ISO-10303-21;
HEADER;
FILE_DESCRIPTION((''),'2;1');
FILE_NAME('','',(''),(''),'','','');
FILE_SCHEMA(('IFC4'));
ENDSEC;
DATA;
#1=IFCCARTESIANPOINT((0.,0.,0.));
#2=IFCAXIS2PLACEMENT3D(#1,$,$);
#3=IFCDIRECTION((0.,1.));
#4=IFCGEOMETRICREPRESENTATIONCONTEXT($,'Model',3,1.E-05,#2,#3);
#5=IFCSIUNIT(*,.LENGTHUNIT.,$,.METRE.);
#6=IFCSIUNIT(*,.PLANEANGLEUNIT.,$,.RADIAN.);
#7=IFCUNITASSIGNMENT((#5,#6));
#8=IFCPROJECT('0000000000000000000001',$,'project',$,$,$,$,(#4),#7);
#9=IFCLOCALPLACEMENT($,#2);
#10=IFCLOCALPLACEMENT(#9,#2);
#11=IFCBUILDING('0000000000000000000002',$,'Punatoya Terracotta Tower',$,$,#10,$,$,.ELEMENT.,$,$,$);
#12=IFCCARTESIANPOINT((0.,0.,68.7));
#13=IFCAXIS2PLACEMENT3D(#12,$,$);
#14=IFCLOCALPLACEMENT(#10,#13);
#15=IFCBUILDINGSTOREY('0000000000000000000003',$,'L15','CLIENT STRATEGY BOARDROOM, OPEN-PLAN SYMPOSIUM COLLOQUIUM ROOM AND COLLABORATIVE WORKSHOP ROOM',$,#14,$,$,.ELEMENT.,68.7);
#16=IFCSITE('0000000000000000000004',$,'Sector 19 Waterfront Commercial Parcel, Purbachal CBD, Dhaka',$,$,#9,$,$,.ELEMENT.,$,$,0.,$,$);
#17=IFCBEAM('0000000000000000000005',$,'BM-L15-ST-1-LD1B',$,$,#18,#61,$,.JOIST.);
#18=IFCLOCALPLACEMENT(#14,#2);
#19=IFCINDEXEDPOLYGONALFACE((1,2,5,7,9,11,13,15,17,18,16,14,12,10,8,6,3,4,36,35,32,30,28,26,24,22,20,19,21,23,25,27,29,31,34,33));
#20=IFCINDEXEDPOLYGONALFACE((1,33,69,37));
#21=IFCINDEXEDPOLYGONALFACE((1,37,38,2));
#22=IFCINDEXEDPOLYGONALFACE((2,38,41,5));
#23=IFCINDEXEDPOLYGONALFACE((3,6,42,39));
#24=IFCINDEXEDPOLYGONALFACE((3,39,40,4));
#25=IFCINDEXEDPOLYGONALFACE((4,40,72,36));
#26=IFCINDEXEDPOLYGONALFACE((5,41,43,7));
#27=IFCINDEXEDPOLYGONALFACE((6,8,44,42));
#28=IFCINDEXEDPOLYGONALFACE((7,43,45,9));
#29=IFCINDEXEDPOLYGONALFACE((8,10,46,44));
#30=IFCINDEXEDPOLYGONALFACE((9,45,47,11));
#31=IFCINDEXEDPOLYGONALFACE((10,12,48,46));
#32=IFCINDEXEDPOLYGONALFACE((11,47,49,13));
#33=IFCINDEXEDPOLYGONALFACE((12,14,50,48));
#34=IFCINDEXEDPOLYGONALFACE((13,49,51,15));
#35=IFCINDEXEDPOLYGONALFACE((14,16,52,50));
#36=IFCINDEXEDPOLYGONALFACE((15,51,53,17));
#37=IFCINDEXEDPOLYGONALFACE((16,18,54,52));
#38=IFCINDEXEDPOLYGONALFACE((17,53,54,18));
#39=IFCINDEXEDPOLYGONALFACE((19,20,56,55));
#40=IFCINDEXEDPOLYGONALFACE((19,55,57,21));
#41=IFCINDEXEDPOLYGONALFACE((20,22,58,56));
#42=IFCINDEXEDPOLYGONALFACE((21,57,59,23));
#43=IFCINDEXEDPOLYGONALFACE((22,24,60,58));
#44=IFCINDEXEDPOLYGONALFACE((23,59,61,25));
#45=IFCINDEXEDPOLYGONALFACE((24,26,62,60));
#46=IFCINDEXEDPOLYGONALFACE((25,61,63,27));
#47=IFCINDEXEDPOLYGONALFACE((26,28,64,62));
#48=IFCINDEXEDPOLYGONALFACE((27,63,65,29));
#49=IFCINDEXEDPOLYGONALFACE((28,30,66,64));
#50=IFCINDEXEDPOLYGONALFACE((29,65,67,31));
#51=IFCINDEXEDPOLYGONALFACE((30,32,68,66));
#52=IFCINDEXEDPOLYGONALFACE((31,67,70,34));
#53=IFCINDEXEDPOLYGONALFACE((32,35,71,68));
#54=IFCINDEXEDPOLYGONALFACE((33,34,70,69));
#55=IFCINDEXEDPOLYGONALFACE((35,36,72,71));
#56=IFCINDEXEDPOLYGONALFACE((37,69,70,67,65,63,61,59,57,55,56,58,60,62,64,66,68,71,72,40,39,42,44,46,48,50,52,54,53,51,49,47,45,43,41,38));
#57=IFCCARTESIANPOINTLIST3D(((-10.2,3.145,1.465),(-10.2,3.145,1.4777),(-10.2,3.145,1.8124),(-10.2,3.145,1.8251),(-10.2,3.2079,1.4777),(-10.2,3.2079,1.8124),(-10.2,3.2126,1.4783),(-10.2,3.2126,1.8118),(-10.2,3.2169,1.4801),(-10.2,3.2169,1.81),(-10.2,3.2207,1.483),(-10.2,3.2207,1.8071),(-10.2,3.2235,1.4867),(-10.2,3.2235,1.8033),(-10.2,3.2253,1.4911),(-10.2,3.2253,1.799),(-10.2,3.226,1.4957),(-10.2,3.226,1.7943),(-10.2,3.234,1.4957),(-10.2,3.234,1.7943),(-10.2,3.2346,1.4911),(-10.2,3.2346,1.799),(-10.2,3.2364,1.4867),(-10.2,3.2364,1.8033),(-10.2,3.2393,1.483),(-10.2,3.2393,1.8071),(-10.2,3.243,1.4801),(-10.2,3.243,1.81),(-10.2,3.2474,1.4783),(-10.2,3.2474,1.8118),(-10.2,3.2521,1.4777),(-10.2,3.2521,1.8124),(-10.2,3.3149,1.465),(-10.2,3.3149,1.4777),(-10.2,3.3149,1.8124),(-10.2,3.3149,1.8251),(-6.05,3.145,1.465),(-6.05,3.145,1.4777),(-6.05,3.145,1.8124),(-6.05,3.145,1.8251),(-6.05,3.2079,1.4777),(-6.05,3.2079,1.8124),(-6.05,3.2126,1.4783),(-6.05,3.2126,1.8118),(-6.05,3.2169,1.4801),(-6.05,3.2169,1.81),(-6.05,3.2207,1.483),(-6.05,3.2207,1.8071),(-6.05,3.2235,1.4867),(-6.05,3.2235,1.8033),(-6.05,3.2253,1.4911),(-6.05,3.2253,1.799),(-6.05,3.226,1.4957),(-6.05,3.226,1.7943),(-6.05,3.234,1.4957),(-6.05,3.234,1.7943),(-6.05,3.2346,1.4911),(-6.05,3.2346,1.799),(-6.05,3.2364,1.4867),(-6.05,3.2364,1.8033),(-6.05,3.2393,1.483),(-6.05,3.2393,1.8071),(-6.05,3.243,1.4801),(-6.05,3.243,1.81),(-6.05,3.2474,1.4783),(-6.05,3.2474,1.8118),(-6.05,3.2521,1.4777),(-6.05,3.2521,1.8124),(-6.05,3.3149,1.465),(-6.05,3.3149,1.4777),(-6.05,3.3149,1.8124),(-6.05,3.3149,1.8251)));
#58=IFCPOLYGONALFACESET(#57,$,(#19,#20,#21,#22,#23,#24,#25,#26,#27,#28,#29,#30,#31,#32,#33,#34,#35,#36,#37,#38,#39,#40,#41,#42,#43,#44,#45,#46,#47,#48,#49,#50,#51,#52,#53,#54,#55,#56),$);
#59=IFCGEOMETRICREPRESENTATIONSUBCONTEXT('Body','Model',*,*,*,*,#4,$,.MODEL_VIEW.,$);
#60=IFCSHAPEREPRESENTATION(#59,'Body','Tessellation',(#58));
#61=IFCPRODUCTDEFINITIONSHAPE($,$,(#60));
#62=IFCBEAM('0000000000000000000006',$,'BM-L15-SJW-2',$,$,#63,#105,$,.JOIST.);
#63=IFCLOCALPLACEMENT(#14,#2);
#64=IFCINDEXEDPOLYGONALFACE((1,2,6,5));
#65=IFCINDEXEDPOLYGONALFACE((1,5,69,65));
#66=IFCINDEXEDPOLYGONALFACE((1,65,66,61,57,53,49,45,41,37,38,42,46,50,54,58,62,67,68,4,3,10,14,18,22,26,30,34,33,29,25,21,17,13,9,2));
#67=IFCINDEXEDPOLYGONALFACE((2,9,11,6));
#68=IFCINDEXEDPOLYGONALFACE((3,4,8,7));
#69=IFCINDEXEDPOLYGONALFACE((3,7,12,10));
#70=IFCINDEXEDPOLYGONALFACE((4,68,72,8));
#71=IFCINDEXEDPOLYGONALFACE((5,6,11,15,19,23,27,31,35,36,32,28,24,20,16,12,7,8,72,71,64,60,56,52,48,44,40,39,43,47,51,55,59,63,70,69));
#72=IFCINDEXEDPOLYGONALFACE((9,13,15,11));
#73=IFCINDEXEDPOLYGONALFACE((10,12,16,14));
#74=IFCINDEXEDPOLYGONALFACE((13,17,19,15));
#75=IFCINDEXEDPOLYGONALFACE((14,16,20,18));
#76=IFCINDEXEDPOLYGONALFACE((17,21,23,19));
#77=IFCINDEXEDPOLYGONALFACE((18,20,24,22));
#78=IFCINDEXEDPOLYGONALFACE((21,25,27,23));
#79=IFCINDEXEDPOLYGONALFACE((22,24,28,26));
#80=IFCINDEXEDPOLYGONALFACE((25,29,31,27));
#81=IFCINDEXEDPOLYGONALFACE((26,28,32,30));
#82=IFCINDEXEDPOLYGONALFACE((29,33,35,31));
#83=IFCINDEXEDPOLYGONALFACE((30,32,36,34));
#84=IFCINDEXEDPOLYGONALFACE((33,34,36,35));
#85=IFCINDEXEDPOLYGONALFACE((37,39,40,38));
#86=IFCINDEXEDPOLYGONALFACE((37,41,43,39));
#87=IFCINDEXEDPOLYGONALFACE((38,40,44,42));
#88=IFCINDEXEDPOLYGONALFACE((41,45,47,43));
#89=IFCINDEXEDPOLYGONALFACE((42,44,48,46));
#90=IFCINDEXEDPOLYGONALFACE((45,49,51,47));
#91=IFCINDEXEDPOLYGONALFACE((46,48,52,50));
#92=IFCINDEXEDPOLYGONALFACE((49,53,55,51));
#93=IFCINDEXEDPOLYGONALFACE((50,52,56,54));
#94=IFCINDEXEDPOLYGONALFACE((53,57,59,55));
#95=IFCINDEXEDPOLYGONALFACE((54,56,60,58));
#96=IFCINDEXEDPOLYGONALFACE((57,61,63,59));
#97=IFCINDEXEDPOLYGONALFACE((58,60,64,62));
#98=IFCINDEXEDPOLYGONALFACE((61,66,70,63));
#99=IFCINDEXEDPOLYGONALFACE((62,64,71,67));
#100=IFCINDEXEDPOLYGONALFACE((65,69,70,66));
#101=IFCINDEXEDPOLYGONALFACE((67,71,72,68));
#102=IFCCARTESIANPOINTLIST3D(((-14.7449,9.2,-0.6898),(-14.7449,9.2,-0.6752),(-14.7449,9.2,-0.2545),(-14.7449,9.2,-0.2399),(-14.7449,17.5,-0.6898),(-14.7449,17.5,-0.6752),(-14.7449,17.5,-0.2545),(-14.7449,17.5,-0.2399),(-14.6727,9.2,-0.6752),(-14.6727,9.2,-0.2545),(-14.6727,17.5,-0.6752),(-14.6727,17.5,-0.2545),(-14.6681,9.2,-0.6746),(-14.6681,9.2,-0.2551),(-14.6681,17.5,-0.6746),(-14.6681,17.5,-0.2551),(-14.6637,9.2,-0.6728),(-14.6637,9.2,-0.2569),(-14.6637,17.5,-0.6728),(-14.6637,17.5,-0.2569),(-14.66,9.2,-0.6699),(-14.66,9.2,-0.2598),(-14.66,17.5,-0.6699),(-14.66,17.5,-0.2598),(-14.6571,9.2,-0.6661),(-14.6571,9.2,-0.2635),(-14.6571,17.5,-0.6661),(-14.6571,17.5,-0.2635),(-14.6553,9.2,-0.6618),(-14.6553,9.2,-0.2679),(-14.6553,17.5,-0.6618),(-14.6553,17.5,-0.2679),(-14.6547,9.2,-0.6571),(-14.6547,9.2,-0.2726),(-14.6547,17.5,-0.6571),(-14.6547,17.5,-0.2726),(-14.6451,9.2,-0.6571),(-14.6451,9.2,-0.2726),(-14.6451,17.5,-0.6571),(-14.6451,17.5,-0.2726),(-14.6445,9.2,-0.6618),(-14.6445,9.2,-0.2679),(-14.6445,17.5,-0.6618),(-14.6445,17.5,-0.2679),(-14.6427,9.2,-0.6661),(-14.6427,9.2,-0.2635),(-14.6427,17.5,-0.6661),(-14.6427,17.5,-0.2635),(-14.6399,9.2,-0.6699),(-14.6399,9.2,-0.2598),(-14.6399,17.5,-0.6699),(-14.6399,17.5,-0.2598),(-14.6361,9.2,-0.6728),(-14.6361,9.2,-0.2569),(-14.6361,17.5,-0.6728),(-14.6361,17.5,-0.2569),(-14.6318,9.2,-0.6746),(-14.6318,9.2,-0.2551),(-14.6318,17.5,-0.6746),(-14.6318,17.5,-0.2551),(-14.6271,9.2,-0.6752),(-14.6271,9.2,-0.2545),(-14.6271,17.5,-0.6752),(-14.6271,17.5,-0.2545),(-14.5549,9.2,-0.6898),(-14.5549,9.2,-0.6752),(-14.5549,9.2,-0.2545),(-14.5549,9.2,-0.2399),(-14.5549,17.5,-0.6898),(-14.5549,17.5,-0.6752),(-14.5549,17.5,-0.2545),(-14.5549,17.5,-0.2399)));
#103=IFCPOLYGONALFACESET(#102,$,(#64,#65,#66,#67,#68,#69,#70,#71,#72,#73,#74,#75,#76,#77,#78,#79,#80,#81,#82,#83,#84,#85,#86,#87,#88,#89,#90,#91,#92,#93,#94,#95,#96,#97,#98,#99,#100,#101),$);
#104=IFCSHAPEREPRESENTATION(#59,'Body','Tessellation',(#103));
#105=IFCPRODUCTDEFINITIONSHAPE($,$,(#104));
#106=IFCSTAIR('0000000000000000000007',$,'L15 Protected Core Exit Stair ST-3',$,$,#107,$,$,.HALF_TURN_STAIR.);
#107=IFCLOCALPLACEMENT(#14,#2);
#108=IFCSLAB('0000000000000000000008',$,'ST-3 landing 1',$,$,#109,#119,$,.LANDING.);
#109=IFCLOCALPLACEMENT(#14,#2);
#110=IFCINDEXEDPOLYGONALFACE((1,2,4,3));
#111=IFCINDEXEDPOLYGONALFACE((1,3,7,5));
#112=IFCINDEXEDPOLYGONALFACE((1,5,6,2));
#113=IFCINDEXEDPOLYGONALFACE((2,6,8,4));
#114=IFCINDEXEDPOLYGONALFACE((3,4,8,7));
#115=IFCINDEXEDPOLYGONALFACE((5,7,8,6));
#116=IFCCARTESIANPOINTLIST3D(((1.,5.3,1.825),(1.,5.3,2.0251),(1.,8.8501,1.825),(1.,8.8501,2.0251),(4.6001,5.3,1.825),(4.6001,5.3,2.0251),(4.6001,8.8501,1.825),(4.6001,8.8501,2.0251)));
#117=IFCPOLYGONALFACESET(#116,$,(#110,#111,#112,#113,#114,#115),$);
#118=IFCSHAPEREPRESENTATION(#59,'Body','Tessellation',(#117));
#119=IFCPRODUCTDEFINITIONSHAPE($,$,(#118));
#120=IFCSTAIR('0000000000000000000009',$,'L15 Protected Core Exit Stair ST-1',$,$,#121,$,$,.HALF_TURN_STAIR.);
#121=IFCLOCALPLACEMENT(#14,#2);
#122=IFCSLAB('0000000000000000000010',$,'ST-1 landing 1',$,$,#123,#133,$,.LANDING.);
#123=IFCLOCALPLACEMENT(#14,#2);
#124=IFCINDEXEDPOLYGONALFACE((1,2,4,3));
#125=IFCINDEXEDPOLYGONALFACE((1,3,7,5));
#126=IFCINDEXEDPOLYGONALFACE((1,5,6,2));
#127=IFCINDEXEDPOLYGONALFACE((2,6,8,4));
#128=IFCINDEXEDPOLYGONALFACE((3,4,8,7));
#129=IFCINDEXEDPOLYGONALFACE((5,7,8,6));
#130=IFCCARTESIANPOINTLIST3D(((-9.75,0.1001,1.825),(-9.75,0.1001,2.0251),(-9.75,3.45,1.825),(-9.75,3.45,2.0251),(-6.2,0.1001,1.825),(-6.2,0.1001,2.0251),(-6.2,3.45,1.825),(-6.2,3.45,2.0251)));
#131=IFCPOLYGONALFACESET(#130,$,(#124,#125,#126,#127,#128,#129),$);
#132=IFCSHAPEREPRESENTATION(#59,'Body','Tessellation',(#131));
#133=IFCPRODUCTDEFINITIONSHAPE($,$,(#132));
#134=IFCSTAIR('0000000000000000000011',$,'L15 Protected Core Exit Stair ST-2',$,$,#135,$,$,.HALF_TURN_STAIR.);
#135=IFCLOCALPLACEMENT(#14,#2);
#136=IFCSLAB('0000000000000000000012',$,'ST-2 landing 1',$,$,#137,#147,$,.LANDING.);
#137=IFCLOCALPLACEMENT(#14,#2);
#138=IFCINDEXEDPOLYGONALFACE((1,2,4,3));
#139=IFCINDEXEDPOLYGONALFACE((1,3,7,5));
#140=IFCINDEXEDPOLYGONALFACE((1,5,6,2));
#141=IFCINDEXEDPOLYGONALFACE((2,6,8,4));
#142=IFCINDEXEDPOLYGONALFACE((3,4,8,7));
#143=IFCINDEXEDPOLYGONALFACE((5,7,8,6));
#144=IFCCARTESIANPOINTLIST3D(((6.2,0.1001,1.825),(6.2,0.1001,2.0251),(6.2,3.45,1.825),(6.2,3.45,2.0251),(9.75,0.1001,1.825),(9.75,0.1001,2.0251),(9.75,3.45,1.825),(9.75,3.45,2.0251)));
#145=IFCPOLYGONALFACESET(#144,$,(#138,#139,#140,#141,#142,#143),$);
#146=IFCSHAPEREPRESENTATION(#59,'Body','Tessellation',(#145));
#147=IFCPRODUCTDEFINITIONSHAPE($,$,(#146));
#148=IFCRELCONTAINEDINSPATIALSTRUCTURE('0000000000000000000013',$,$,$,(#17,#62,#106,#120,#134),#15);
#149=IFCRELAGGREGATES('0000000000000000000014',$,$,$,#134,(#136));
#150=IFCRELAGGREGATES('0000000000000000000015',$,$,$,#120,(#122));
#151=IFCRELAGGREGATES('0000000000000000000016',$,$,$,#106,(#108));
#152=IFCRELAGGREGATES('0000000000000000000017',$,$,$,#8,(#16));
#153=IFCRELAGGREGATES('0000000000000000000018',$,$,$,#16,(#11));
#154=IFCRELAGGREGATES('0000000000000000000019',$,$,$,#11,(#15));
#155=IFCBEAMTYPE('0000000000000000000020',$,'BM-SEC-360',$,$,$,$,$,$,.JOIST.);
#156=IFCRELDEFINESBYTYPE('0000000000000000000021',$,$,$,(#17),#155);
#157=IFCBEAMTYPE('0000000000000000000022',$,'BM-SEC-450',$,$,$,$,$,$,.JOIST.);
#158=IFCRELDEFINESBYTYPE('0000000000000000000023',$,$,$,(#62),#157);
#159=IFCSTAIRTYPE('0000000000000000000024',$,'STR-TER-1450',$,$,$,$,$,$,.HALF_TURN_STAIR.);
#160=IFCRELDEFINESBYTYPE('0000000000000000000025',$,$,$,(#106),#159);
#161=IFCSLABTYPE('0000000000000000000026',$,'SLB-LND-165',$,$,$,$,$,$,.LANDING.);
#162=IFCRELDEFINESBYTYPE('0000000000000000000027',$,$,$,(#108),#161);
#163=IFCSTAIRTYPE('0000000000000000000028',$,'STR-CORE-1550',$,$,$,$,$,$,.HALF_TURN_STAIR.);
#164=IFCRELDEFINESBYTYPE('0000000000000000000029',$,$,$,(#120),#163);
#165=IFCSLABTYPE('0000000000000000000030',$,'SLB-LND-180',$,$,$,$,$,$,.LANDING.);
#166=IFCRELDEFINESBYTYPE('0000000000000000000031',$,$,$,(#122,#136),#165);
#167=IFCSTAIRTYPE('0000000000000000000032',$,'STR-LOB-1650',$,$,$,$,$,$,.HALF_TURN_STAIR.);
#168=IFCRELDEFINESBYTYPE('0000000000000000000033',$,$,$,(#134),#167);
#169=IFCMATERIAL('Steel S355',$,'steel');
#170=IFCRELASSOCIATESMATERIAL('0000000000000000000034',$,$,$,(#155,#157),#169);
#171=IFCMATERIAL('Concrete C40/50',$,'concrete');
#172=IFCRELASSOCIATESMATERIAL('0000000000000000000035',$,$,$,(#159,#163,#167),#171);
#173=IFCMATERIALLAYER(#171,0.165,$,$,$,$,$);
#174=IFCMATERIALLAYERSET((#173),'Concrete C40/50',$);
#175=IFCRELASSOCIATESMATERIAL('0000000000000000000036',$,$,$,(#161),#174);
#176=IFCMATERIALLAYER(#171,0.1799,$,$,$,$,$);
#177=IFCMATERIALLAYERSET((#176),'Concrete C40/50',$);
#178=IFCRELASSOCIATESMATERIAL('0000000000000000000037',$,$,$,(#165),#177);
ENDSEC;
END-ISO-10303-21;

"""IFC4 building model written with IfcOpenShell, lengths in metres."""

from ifc_helpers import new_model, si_unit, direction, frame, origin, origin_2d, place, context, subcontext, project, spatial, polyline, i_section, outline, extrude, material, layer, layer_set, material_profile, profile_set, type_object, element, aggregate, save


model = new_model("IFC4")

# Units and contexts
model_context = context("Model", 3, precision=1e-05, world=origin(), true_north=direction((0.0, 1.0)))
body_context = subcontext(model_context, "Body", "Model", "MODEL_VIEW")
ifc_project = project(units=[si_unit("LENGTHUNIT", "METRE"), si_unit("PLANEANGLEUNIT", "RADIAN")], contexts=[model_context])

# Site, building, storey
site_placement = place(None, origin())
site = spatial("IfcSite", under=ifc_project, at=site_placement, Name="Sector 19 Waterfront Commercial Parcel, Purbachal CBD, Dhaka", CompositionType="ELEMENT", RefElevation=0.0)
building_placement = place(site_placement, origin())
building = spatial("IfcBuilding", under=site, at=building_placement, Name="Punatoya Terracotta Tower", CompositionType="ELEMENT")
storey_placement = place(building_placement, frame((0.0, 0.0, 68.7)))
storey = spatial("IfcBuildingStorey", under=building, at=storey_placement, Name="L15", Description="CLIENT STRATEGY BOARDROOM, OPEN-PLAN SYMPOSIUM COLLOQUIUM ROOM AND COLLABORATIVE WORKSHOP ROOM", CompositionType="ELEMENT", Elevation=68.7)

# Beams
ifc_material_1 = material(Name="Steel S355", Category="steel")
ifc_material_profile_1 = material_profile(ifc_material_1, i_section(OverallWidth=0.1699, OverallDepth=0.3601, WebThickness=0.0081, FlangeThickness=0.0127, FilletRadius=0.0181, at=origin_2d()))
ifc_profile_set_1 = profile_set([ifc_material_profile_1], Name="Steel S355")
beam_type_1 = type_object("IfcBeamType", Name="BM-SEC-360", PredefinedType="JOIST", material=ifc_profile_set_1)
for number, where, z_axis, x_axis, name in (
    (1, (-10.2, 3.23, 1.645), (1.0, 0.0, 0.0), (0.0, 1.0, 0.0), "BM-L15-ST-1-LD1B"),
):
    element("IfcBeam", number, at=place(storey_placement, frame(where, z_axis=z_axis, x_axis=x_axis)), inside=storey, type_object=beam_type_1, Name=name, PredefinedType="JOIST", context=body_context, shape_type="SweptSolid", body=[
        extrude(i_section(OverallWidth=0.1699, OverallDepth=0.3601, WebThickness=0.0081, FlangeThickness=0.0127, FilletRadius=0.0181, at=origin_2d()), origin(), (0.0, 0.0, 1.0), 4.1499),
    ])
ifc_material_profile_2 = material_profile(ifc_material_1, i_section(OverallWidth=0.1899, OverallDepth=0.45, WebThickness=0.0095, FlangeThickness=0.0146, FilletRadius=0.0181, at=origin_2d()))
ifc_profile_set_2 = profile_set([ifc_material_profile_2], Name="Steel S355")
beam_type_2 = type_object("IfcBeamType", Name="BM-SEC-450", PredefinedType="JOIST", material=ifc_profile_set_2)
beam_1_placement = place(storey_placement, frame((-14.6499, 9.2, -0.4648), z_axis=(0.0, 1.0, 0.0), x_axis=(-1.0, 0.0, 0.0)))
element("IfcBeam", 2, at=beam_1_placement, inside=storey, type_object=beam_type_2, Name="BM-L15-SJW-2", PredefinedType="JOIST", context=body_context, shape_type="SweptSolid", body=[
    extrude(i_section(OverallWidth=0.1899, OverallDepth=0.45, WebThickness=0.0095, FlangeThickness=0.0146, FilletRadius=0.0181, at=origin_2d()), origin(), (0.0, 0.0, 1.0), 8.3),
])

# Stairs, slabs
ifc_material_2 = material(Name="Concrete C40/50", Category="concrete")
stair_type_1 = type_object("IfcStairType", Name="STR-TER-1450", PredefinedType="HALF_TURN_STAIR", material=ifc_material_2)
stair_1_placement = place(storey_placement, origin())
stair_1 = element("IfcStair", 3, at=stair_1_placement, inside=storey, type_object=stair_type_1, Name="L15 Protected Core Exit Stair ST-3", PredefinedType="HALF_TURN_STAIR")
ifc_layer_1 = layer(ifc_material_2, 0.165)
ifc_layer_set_1 = layer_set([ifc_layer_1], Name="Concrete C40/50")
slab_type_1 = type_object("IfcSlabType", Name="SLB-LND-165", PredefinedType="LANDING", material=ifc_layer_set_1)
slab_1_placement = place(storey_placement, frame((0.0, 0.0, 1.825)))
slab_1 = element("IfcSlab", 4, at=slab_1_placement, type_object=slab_type_1, Name="ST-3 landing 1", PredefinedType="LANDING", context=body_context, shape_type="SweptSolid", body=[
    extrude(outline(polyline([(1.0, 5.3), (4.6001, 5.3), (4.6001, 8.8501), (1.0, 8.8501), (1.0, 5.3)])), origin(), (0.0, 0.0, 1.0), 0.2002),
])
stair_type_2 = type_object("IfcStairType", Name="STR-CORE-1550", PredefinedType="HALF_TURN_STAIR", material=ifc_material_2)
stair_2_placement = place(storey_placement, origin())
stair_2 = element("IfcStair", 5, at=stair_2_placement, inside=storey, type_object=stair_type_2, Name="L15 Protected Core Exit Stair ST-1", PredefinedType="HALF_TURN_STAIR")
ifc_layer_2 = layer(ifc_material_2, 0.1799)
ifc_layer_set_2 = layer_set([ifc_layer_2], Name="Concrete C40/50")
slab_type_2 = type_object("IfcSlabType", Name="SLB-LND-180", PredefinedType="LANDING", material=ifc_layer_set_2)
slab_2_placement = place(storey_placement, frame((0.0, 0.0, 1.825)))
slab_2 = element("IfcSlab", 6, at=slab_2_placement, type_object=slab_type_2, Name="ST-1 landing 1", PredefinedType="LANDING", context=body_context, shape_type="SweptSolid", body=[
    extrude(outline(polyline([(-6.2, 0.1001), (-6.2, 3.45), (-9.75, 3.45), (-9.75, 0.1001), (-6.2, 0.1001)])), origin(), (0.0, 0.0, 1.0), 0.2002),
])
stair_type_3 = type_object("IfcStairType", Name="STR-LOB-1650", PredefinedType="HALF_TURN_STAIR", material=ifc_material_2)
stair_3_placement = place(storey_placement, origin())
stair_3 = element("IfcStair", 7, at=stair_3_placement, inside=storey, type_object=stair_type_3, Name="L15 Protected Core Exit Stair ST-2", PredefinedType="HALF_TURN_STAIR")
slab_3_placement = place(storey_placement, frame((0.0, 0.0, 1.825)))
slab_3 = element("IfcSlab", 8, at=slab_3_placement, type_object=slab_type_2, Name="ST-2 landing 1", PredefinedType="LANDING", context=body_context, shape_type="SweptSolid", body=[
    extrude(outline(polyline([(9.75, 0.1001), (9.75, 3.45), (6.2, 3.45), (6.2, 0.1001), (9.75, 0.1001)])), origin(), (0.0, 0.0, 1.0), 0.2002),
])
aggregate(stair_3, [slab_3])

aggregate(stair_2, [slab_2])
aggregate(stair_1, [slab_1])

save(model, "model.ifc")
